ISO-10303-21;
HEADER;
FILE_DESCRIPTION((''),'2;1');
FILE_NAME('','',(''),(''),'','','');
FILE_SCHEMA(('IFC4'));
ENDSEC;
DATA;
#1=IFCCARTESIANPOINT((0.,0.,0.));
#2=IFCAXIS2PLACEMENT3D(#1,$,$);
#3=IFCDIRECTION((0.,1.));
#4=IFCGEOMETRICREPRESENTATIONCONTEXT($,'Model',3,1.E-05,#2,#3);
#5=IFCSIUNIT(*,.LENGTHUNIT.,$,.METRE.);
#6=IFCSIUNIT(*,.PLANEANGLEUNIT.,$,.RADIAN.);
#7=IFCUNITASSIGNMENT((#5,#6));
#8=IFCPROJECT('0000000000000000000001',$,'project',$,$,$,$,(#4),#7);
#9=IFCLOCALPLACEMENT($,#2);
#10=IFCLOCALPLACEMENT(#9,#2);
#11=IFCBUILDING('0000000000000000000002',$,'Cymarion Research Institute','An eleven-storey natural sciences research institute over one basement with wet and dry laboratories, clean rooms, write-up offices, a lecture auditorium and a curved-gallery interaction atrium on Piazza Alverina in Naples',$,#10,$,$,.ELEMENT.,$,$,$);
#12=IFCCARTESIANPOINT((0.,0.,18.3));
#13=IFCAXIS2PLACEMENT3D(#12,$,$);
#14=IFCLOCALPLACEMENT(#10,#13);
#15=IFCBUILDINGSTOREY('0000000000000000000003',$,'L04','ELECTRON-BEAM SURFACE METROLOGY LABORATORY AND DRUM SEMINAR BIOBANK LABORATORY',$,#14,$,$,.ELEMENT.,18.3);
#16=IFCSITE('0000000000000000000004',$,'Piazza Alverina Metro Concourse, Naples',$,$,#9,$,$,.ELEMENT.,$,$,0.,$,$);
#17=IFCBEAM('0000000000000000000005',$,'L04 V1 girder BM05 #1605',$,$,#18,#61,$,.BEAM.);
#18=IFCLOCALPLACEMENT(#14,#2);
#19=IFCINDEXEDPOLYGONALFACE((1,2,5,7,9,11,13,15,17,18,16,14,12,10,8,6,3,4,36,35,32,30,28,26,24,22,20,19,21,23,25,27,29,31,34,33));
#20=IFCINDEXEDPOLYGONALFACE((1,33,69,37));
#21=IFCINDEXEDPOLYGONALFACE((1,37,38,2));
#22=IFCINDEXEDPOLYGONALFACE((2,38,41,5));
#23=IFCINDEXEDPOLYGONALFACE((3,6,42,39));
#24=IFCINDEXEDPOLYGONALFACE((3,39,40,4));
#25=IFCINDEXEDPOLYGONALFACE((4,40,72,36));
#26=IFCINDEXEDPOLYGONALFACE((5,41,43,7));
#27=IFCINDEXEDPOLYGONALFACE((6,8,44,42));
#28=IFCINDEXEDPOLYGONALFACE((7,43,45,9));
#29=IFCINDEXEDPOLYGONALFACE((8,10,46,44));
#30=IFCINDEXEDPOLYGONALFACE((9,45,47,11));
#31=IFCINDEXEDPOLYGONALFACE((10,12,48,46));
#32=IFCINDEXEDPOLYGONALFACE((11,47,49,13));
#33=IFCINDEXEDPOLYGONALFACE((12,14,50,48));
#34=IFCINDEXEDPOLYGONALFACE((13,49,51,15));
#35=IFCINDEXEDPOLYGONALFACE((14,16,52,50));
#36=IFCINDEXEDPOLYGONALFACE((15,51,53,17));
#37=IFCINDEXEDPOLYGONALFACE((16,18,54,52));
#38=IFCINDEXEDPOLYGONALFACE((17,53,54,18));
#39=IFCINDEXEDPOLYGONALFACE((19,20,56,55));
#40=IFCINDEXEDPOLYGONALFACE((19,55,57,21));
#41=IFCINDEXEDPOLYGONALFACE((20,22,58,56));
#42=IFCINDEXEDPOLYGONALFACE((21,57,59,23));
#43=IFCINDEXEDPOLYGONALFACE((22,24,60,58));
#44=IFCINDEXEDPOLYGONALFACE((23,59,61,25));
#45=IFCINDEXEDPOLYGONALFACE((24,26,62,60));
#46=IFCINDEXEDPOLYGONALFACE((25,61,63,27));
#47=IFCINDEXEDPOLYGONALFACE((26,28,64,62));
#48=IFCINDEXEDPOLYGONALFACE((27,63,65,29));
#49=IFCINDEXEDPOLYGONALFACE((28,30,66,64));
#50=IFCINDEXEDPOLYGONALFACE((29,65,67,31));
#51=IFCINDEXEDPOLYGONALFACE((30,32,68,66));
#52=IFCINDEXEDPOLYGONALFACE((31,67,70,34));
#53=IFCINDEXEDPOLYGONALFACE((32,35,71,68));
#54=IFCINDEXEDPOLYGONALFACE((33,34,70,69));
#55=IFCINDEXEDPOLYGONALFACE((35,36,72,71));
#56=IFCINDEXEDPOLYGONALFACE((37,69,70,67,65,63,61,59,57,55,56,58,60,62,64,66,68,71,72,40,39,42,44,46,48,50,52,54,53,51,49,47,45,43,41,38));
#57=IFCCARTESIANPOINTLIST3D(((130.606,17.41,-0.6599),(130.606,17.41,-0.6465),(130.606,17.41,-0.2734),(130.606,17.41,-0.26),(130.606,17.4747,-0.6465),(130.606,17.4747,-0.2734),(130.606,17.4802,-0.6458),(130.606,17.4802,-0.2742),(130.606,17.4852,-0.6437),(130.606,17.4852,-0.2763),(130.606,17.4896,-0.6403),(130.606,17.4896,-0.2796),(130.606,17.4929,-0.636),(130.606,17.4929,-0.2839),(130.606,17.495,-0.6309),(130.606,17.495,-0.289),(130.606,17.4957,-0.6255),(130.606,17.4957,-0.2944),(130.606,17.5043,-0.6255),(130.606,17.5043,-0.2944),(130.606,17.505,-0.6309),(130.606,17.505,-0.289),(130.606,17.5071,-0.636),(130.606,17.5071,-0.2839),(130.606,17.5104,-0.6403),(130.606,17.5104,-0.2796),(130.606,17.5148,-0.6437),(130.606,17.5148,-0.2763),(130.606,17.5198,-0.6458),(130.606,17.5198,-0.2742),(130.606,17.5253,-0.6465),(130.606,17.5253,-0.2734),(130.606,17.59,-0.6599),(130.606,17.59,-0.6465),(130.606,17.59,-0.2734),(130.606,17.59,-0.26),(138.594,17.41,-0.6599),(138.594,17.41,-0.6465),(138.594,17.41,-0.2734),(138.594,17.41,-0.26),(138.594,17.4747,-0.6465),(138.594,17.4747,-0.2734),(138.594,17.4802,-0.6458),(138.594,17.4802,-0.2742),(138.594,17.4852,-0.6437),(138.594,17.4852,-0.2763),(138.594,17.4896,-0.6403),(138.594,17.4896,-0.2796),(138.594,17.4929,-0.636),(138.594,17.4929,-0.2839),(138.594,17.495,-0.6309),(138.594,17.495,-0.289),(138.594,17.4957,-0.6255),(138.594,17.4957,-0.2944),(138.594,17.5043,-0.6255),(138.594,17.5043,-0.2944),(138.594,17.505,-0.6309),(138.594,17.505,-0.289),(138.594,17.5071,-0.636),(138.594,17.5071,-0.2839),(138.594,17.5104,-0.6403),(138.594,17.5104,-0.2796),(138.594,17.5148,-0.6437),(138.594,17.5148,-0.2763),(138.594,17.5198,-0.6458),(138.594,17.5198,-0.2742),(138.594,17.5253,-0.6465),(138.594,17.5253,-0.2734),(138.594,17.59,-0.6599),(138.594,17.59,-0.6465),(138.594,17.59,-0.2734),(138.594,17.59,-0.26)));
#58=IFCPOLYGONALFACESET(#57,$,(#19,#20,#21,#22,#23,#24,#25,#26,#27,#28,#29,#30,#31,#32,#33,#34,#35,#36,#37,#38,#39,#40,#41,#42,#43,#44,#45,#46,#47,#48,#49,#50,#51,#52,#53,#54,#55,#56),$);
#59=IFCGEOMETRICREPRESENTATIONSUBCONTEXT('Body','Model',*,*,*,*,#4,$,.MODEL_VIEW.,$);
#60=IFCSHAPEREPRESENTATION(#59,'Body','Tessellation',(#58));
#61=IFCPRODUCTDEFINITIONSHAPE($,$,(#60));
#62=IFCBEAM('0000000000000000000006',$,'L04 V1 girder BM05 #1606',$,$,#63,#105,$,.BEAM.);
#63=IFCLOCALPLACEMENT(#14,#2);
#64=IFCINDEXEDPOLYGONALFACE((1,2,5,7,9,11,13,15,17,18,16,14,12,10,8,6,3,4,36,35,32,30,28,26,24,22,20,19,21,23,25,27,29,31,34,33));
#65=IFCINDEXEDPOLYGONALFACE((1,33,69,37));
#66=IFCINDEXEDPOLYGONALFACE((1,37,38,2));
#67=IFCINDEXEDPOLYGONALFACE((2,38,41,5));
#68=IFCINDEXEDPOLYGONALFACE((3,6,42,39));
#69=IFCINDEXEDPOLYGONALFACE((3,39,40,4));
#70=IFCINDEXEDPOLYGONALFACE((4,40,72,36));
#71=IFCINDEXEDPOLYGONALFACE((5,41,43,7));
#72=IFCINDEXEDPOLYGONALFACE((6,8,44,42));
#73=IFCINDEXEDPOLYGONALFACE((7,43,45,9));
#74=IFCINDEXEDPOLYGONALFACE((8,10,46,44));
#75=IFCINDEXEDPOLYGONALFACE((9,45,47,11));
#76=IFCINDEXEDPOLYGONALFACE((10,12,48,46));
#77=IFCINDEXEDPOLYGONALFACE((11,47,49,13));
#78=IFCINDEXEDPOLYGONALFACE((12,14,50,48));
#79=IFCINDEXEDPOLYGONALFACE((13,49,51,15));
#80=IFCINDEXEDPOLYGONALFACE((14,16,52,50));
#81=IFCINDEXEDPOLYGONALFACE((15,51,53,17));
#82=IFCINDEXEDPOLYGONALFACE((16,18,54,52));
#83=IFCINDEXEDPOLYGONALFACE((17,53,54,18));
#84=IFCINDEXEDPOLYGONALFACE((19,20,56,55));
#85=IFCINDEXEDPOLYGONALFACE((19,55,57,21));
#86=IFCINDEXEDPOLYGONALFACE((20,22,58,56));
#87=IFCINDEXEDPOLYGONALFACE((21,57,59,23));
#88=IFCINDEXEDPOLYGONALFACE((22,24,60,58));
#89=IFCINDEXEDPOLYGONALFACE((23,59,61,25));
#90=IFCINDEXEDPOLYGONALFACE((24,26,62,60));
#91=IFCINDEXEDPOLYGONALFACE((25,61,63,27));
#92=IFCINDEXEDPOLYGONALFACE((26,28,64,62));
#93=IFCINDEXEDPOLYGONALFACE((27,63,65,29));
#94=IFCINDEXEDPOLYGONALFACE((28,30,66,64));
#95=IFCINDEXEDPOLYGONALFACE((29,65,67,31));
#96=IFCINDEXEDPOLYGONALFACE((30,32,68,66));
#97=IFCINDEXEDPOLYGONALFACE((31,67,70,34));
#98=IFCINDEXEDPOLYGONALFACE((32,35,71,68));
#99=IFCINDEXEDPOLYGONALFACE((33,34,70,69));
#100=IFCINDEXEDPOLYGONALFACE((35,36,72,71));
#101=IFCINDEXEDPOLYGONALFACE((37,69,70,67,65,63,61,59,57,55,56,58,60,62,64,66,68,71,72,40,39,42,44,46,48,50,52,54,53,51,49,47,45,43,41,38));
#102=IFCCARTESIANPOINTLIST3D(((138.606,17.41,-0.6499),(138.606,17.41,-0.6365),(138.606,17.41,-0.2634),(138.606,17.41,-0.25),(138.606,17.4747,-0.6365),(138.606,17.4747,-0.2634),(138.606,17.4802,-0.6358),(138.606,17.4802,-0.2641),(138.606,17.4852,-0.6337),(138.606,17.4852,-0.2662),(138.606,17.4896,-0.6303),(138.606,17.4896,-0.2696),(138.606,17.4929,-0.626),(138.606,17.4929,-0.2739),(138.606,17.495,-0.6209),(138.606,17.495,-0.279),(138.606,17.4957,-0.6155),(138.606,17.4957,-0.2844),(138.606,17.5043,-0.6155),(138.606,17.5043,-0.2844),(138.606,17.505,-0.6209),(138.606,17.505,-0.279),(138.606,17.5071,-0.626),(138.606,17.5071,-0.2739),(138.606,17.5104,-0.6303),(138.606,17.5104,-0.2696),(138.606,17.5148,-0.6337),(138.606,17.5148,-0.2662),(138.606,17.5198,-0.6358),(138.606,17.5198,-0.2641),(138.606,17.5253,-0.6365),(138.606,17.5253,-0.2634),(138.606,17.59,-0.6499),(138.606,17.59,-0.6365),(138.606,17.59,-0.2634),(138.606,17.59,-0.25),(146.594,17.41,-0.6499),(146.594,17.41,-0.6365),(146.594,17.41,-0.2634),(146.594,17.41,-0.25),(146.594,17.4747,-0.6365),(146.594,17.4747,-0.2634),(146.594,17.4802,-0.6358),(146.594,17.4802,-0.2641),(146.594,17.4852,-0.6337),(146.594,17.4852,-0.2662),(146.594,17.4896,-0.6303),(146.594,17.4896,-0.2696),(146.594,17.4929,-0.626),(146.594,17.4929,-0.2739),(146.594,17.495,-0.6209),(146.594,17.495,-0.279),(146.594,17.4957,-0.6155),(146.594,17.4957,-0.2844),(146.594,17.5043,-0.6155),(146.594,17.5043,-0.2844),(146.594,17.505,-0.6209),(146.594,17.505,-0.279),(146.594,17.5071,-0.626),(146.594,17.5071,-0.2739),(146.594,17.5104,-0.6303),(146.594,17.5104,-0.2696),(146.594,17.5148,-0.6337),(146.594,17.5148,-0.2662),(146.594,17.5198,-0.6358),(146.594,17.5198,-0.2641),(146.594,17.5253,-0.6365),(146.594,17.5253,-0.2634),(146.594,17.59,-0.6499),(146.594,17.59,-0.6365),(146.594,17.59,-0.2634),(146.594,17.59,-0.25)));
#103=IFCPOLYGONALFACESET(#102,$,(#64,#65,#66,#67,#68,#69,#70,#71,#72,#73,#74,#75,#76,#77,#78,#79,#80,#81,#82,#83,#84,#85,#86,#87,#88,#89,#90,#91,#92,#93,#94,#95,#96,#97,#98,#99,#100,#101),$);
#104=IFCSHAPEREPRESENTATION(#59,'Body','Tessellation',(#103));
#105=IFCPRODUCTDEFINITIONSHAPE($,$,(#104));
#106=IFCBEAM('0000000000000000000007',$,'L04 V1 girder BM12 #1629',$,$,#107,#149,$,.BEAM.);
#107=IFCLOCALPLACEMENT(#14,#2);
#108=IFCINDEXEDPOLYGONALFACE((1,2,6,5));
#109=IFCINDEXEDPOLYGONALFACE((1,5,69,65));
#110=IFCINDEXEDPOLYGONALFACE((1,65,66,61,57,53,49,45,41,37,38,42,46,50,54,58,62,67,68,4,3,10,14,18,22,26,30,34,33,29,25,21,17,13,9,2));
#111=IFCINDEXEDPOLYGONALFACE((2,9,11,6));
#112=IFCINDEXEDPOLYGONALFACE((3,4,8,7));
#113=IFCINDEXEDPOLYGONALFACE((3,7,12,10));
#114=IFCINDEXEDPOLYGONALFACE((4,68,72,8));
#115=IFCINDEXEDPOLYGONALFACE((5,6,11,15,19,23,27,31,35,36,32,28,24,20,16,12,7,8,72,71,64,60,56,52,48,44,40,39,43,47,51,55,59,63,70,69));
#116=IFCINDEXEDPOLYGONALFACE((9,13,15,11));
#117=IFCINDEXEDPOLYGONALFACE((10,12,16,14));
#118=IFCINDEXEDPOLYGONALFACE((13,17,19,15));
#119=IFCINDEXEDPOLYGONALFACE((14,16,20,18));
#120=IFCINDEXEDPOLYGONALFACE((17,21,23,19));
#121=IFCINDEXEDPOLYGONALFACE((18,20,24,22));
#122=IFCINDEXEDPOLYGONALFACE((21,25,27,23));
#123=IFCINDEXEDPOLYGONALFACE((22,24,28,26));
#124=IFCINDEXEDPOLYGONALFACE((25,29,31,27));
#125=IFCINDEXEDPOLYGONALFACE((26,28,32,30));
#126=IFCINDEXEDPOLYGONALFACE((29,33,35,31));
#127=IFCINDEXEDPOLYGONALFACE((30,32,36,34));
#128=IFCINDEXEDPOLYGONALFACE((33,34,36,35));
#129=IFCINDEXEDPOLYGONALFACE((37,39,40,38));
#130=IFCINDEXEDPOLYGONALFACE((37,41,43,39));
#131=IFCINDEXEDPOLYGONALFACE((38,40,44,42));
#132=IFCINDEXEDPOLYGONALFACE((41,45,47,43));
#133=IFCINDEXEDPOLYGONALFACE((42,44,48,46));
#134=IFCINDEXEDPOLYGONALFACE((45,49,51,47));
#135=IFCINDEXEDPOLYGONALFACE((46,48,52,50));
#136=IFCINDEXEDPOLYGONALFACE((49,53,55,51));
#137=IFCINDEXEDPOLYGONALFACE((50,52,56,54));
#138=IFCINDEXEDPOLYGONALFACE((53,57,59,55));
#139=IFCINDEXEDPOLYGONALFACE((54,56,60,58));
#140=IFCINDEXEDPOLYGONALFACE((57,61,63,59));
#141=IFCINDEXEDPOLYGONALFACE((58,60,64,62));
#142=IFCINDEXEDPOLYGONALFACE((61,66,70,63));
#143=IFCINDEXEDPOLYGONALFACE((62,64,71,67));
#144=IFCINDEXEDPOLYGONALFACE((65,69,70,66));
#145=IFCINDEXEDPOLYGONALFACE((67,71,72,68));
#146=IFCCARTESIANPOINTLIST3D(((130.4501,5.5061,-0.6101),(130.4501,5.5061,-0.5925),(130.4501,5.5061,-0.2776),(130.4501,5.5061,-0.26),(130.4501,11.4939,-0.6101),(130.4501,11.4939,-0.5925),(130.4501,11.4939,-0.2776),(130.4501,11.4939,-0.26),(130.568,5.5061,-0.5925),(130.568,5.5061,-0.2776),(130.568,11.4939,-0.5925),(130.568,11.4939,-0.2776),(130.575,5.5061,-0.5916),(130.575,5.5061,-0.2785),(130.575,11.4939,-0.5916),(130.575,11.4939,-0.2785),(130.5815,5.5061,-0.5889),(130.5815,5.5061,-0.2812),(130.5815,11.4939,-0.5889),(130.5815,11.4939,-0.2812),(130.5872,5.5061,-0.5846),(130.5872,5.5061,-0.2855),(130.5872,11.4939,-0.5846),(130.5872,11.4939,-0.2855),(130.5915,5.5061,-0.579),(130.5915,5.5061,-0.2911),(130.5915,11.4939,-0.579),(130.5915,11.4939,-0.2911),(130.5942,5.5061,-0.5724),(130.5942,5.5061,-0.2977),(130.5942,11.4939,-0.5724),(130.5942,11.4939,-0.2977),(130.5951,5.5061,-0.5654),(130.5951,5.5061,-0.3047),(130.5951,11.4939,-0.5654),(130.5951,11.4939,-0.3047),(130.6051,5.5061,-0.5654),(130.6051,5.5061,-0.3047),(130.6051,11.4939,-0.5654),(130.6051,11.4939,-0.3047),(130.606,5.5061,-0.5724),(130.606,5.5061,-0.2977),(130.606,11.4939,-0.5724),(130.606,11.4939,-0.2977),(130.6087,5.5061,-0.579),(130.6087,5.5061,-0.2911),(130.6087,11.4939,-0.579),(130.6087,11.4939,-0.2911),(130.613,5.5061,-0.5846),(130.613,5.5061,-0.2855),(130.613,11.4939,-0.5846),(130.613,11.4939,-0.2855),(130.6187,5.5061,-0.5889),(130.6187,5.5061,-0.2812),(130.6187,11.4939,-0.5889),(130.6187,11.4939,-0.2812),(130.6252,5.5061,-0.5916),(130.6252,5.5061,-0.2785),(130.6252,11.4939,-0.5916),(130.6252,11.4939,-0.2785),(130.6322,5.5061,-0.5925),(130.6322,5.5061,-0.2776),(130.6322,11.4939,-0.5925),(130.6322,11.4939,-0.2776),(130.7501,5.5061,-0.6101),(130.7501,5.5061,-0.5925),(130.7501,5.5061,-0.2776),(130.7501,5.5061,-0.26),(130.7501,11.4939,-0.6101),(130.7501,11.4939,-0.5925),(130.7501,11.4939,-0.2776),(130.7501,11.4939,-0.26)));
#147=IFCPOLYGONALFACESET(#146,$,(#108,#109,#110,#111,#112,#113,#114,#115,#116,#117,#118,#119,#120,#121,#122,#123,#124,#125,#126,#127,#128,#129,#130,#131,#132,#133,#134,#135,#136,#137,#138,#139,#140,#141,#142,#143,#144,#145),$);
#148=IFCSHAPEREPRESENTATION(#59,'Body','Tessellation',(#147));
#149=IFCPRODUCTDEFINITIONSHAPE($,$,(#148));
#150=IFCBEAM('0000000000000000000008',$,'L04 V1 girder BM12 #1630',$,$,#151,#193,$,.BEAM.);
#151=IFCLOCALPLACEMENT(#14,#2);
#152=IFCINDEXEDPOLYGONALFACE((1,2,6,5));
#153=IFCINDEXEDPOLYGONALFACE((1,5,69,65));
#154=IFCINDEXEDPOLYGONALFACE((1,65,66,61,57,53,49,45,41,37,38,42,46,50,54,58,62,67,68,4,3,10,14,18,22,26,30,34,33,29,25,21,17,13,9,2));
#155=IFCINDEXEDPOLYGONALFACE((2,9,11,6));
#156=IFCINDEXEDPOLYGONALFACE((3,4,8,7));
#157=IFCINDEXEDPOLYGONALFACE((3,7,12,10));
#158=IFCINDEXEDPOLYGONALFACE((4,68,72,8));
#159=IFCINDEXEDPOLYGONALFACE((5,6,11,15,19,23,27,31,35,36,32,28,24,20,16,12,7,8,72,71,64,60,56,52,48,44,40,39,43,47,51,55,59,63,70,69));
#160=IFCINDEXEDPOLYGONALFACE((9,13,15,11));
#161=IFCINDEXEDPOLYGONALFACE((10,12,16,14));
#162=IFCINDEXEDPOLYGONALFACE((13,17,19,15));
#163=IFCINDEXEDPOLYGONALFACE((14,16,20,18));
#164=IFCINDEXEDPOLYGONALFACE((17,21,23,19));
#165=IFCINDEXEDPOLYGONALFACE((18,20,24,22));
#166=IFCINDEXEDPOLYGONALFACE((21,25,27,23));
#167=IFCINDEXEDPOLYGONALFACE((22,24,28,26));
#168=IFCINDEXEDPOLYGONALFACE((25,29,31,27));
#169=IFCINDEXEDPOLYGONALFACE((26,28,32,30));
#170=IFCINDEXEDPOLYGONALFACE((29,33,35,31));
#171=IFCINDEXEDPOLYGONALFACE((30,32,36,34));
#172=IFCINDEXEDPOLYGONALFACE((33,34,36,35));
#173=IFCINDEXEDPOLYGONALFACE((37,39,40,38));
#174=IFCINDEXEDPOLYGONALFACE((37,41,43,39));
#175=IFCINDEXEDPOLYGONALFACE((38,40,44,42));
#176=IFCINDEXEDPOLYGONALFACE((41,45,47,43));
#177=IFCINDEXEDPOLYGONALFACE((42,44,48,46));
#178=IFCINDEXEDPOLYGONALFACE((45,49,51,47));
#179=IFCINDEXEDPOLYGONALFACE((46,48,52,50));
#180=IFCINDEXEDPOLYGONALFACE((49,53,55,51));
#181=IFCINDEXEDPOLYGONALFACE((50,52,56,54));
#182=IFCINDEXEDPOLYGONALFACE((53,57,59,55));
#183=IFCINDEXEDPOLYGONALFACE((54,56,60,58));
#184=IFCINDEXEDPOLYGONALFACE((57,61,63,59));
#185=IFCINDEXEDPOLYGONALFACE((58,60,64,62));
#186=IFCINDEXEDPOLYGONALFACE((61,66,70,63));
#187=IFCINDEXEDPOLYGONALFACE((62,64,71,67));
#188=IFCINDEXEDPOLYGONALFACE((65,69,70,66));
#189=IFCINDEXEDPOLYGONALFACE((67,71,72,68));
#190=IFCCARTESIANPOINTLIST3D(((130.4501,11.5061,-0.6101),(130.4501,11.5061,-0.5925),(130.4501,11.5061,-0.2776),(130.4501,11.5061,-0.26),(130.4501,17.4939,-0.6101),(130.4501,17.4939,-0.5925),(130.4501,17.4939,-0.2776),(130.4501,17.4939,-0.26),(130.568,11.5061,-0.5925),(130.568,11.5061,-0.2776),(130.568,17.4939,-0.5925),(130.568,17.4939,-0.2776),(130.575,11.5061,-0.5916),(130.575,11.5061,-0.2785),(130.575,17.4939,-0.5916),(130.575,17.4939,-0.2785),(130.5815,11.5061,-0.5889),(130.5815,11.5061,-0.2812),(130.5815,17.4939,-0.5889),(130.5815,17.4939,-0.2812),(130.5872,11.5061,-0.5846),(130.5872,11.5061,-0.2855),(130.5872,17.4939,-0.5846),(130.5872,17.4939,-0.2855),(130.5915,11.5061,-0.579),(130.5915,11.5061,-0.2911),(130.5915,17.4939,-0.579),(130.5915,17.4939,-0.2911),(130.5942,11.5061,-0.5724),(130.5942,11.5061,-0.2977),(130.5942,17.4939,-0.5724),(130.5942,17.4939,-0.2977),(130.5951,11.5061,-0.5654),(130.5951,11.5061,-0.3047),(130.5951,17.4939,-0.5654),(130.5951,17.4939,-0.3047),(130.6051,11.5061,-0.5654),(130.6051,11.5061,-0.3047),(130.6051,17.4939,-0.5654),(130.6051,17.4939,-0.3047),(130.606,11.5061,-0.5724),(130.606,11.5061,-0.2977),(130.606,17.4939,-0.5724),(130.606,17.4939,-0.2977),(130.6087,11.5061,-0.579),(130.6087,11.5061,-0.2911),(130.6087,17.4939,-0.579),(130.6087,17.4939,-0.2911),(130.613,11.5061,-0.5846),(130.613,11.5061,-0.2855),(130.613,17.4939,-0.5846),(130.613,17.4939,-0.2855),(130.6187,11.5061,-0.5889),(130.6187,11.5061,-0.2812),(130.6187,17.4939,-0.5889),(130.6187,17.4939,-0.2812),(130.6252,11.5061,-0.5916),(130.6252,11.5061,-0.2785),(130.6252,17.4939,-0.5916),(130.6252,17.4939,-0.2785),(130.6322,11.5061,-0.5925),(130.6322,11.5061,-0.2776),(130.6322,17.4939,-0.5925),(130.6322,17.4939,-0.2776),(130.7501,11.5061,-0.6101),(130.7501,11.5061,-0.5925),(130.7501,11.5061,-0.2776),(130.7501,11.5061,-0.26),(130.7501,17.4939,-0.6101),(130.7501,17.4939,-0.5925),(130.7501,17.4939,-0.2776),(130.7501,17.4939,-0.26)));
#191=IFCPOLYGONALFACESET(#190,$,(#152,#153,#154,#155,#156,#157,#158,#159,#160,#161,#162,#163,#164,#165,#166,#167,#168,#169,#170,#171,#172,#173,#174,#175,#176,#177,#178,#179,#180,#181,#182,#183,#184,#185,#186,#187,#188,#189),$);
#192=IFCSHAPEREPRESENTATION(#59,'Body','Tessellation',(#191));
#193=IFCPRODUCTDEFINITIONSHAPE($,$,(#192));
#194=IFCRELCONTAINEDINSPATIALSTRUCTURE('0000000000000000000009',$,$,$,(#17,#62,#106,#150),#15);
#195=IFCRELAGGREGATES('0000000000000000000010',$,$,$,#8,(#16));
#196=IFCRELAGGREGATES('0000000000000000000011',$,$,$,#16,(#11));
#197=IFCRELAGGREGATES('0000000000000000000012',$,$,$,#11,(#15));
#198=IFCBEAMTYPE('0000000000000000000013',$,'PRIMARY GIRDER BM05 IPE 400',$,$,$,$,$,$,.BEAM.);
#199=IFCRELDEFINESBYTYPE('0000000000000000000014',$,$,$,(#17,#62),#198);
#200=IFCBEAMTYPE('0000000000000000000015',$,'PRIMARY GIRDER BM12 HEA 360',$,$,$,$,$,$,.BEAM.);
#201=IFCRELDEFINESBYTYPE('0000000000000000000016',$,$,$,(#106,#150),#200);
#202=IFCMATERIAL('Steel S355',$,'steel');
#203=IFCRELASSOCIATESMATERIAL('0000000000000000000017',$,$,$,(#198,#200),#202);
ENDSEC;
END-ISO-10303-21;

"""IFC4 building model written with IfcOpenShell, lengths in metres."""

from ifc_helpers import new_model, si_unit, direction, frame, origin, origin_2d, place, context, subcontext, project, spatial, i_section, extrude, material, material_profile, profile_set, type_object, element, save


model = new_model("IFC4")

# Units and contexts
model_context = context("Model", 3, precision=1e-05, world=origin(), true_north=direction((0.0, 1.0)))
body_context = subcontext(model_context, "Body", "Model", "MODEL_VIEW")
ifc_project = project(units=[si_unit("LENGTHUNIT", "METRE"), si_unit("PLANEANGLEUNIT", "RADIAN")], contexts=[model_context])

# Site, building, storey
site_placement = place(None, origin())
site = spatial("IfcSite", under=ifc_project, at=site_placement, Name="Piazza Alverina Metro Concourse, Naples", CompositionType="ELEMENT", RefElevation=0.0)
building_placement = place(site_placement, origin())
building = spatial("IfcBuilding", under=site, at=building_placement, Name="Cymarion Research Institute", Description="An eleven-storey natural sciences research institute over one basement with wet and dry laboratories, clean rooms, write-up offices, a lecture auditorium and a curved-gallery interaction atrium on Piazza Alverina in Naples", CompositionType="ELEMENT")
storey_placement = place(building_placement, frame((0.0, 0.0, 18.3)))
storey = spatial("IfcBuildingStorey", under=building, at=storey_placement, Name="L04", Description="ELECTRON-BEAM SURFACE METROLOGY LABORATORY AND DRUM SEMINAR BIOBANK LABORATORY", CompositionType="ELEMENT", Elevation=18.3)

# Shared definitions
ifc_material_1 = material(Name="Steel S355", Category="steel")

# Beams
ifc_material_profile_1 = material_profile(ifc_material_1, i_section(OverallWidth=0.1799, OverallDepth=0.3999, WebThickness=0.0085, FlangeThickness=0.0134, FilletRadius=0.021, at=origin_2d()), Name="IPE 400")
ifc_profile_set_1 = profile_set([ifc_material_profile_1], Name="Steel S355")
beam_type_1 = type_object("IfcBeamType", Name="PRIMARY GIRDER BM05 IPE 400", PredefinedType="BEAM", material=ifc_profile_set_1)
for number, where, z_axis, x_axis, name in (
    (1, (130.606, 17.5, -0.46), (1.0, 0.0, 0.0), (0.0, 1.0, 0.0), "L04 V1 girder BM05 #1605"),
    (2, (138.606, 17.5, -0.45), (1.0, 0.0, 0.0), (0.0, 1.0, 0.0), "L04 V1 girder BM05 #1606"),
):
    element("IfcBeam", number, at=place(storey_placement, frame(where, z_axis=z_axis, x_axis=x_axis)), inside=storey, type_object=beam_type_1, Name=name, PredefinedType="BEAM", context=body_context, shape_type="SweptSolid", body=[
        extrude(i_section(OverallWidth=0.1799, OverallDepth=0.3999, WebThickness=0.0085, FlangeThickness=0.0134, FilletRadius=0.021, at=origin_2d()), origin(), (0.0, 0.0, 1.0), 7.988),
    ])
ifc_material_profile_2 = material_profile(ifc_material_1, i_section(OverallWidth=0.3, OverallDepth=0.3501, WebThickness=0.01, FlangeThickness=0.0176, FilletRadius=0.0271, at=origin_2d()), Name="HEA 360")
ifc_profile_set_2 = profile_set([ifc_material_profile_2], Name="Steel S355")
beam_type_2 = type_object("IfcBeamType", Name="PRIMARY GIRDER BM12 HEA 360", PredefinedType="BEAM", material=ifc_profile_set_2)
for number, where, z_axis, x_axis, name in (
    (3, (130.6001, 5.5061, -0.4351), (0.0, 1.0, 0.0), (-1.0, 0.0, 0.0), "L04 V1 girder BM12 #1629"),
    (4, (130.6001, 11.5061, -0.4351), (0.0, 1.0, 0.0), (-1.0, 0.0, 0.0), "L04 V1 girder BM12 #1630"),
):
    element("IfcBeam", number, at=place(storey_placement, frame(where, z_axis=z_axis, x_axis=x_axis)), inside=storey, type_object=beam_type_2, Name=name, PredefinedType="BEAM", context=body_context, shape_type="SweptSolid", body=[
        extrude(i_section(OverallWidth=0.3, OverallDepth=0.3501, WebThickness=0.01, FlangeThickness=0.0176, FilletRadius=0.0271, at=origin_2d()), origin(), (0.0, 0.0, 1.0), 5.9878),
    ])

save(model, "model.ifc")
